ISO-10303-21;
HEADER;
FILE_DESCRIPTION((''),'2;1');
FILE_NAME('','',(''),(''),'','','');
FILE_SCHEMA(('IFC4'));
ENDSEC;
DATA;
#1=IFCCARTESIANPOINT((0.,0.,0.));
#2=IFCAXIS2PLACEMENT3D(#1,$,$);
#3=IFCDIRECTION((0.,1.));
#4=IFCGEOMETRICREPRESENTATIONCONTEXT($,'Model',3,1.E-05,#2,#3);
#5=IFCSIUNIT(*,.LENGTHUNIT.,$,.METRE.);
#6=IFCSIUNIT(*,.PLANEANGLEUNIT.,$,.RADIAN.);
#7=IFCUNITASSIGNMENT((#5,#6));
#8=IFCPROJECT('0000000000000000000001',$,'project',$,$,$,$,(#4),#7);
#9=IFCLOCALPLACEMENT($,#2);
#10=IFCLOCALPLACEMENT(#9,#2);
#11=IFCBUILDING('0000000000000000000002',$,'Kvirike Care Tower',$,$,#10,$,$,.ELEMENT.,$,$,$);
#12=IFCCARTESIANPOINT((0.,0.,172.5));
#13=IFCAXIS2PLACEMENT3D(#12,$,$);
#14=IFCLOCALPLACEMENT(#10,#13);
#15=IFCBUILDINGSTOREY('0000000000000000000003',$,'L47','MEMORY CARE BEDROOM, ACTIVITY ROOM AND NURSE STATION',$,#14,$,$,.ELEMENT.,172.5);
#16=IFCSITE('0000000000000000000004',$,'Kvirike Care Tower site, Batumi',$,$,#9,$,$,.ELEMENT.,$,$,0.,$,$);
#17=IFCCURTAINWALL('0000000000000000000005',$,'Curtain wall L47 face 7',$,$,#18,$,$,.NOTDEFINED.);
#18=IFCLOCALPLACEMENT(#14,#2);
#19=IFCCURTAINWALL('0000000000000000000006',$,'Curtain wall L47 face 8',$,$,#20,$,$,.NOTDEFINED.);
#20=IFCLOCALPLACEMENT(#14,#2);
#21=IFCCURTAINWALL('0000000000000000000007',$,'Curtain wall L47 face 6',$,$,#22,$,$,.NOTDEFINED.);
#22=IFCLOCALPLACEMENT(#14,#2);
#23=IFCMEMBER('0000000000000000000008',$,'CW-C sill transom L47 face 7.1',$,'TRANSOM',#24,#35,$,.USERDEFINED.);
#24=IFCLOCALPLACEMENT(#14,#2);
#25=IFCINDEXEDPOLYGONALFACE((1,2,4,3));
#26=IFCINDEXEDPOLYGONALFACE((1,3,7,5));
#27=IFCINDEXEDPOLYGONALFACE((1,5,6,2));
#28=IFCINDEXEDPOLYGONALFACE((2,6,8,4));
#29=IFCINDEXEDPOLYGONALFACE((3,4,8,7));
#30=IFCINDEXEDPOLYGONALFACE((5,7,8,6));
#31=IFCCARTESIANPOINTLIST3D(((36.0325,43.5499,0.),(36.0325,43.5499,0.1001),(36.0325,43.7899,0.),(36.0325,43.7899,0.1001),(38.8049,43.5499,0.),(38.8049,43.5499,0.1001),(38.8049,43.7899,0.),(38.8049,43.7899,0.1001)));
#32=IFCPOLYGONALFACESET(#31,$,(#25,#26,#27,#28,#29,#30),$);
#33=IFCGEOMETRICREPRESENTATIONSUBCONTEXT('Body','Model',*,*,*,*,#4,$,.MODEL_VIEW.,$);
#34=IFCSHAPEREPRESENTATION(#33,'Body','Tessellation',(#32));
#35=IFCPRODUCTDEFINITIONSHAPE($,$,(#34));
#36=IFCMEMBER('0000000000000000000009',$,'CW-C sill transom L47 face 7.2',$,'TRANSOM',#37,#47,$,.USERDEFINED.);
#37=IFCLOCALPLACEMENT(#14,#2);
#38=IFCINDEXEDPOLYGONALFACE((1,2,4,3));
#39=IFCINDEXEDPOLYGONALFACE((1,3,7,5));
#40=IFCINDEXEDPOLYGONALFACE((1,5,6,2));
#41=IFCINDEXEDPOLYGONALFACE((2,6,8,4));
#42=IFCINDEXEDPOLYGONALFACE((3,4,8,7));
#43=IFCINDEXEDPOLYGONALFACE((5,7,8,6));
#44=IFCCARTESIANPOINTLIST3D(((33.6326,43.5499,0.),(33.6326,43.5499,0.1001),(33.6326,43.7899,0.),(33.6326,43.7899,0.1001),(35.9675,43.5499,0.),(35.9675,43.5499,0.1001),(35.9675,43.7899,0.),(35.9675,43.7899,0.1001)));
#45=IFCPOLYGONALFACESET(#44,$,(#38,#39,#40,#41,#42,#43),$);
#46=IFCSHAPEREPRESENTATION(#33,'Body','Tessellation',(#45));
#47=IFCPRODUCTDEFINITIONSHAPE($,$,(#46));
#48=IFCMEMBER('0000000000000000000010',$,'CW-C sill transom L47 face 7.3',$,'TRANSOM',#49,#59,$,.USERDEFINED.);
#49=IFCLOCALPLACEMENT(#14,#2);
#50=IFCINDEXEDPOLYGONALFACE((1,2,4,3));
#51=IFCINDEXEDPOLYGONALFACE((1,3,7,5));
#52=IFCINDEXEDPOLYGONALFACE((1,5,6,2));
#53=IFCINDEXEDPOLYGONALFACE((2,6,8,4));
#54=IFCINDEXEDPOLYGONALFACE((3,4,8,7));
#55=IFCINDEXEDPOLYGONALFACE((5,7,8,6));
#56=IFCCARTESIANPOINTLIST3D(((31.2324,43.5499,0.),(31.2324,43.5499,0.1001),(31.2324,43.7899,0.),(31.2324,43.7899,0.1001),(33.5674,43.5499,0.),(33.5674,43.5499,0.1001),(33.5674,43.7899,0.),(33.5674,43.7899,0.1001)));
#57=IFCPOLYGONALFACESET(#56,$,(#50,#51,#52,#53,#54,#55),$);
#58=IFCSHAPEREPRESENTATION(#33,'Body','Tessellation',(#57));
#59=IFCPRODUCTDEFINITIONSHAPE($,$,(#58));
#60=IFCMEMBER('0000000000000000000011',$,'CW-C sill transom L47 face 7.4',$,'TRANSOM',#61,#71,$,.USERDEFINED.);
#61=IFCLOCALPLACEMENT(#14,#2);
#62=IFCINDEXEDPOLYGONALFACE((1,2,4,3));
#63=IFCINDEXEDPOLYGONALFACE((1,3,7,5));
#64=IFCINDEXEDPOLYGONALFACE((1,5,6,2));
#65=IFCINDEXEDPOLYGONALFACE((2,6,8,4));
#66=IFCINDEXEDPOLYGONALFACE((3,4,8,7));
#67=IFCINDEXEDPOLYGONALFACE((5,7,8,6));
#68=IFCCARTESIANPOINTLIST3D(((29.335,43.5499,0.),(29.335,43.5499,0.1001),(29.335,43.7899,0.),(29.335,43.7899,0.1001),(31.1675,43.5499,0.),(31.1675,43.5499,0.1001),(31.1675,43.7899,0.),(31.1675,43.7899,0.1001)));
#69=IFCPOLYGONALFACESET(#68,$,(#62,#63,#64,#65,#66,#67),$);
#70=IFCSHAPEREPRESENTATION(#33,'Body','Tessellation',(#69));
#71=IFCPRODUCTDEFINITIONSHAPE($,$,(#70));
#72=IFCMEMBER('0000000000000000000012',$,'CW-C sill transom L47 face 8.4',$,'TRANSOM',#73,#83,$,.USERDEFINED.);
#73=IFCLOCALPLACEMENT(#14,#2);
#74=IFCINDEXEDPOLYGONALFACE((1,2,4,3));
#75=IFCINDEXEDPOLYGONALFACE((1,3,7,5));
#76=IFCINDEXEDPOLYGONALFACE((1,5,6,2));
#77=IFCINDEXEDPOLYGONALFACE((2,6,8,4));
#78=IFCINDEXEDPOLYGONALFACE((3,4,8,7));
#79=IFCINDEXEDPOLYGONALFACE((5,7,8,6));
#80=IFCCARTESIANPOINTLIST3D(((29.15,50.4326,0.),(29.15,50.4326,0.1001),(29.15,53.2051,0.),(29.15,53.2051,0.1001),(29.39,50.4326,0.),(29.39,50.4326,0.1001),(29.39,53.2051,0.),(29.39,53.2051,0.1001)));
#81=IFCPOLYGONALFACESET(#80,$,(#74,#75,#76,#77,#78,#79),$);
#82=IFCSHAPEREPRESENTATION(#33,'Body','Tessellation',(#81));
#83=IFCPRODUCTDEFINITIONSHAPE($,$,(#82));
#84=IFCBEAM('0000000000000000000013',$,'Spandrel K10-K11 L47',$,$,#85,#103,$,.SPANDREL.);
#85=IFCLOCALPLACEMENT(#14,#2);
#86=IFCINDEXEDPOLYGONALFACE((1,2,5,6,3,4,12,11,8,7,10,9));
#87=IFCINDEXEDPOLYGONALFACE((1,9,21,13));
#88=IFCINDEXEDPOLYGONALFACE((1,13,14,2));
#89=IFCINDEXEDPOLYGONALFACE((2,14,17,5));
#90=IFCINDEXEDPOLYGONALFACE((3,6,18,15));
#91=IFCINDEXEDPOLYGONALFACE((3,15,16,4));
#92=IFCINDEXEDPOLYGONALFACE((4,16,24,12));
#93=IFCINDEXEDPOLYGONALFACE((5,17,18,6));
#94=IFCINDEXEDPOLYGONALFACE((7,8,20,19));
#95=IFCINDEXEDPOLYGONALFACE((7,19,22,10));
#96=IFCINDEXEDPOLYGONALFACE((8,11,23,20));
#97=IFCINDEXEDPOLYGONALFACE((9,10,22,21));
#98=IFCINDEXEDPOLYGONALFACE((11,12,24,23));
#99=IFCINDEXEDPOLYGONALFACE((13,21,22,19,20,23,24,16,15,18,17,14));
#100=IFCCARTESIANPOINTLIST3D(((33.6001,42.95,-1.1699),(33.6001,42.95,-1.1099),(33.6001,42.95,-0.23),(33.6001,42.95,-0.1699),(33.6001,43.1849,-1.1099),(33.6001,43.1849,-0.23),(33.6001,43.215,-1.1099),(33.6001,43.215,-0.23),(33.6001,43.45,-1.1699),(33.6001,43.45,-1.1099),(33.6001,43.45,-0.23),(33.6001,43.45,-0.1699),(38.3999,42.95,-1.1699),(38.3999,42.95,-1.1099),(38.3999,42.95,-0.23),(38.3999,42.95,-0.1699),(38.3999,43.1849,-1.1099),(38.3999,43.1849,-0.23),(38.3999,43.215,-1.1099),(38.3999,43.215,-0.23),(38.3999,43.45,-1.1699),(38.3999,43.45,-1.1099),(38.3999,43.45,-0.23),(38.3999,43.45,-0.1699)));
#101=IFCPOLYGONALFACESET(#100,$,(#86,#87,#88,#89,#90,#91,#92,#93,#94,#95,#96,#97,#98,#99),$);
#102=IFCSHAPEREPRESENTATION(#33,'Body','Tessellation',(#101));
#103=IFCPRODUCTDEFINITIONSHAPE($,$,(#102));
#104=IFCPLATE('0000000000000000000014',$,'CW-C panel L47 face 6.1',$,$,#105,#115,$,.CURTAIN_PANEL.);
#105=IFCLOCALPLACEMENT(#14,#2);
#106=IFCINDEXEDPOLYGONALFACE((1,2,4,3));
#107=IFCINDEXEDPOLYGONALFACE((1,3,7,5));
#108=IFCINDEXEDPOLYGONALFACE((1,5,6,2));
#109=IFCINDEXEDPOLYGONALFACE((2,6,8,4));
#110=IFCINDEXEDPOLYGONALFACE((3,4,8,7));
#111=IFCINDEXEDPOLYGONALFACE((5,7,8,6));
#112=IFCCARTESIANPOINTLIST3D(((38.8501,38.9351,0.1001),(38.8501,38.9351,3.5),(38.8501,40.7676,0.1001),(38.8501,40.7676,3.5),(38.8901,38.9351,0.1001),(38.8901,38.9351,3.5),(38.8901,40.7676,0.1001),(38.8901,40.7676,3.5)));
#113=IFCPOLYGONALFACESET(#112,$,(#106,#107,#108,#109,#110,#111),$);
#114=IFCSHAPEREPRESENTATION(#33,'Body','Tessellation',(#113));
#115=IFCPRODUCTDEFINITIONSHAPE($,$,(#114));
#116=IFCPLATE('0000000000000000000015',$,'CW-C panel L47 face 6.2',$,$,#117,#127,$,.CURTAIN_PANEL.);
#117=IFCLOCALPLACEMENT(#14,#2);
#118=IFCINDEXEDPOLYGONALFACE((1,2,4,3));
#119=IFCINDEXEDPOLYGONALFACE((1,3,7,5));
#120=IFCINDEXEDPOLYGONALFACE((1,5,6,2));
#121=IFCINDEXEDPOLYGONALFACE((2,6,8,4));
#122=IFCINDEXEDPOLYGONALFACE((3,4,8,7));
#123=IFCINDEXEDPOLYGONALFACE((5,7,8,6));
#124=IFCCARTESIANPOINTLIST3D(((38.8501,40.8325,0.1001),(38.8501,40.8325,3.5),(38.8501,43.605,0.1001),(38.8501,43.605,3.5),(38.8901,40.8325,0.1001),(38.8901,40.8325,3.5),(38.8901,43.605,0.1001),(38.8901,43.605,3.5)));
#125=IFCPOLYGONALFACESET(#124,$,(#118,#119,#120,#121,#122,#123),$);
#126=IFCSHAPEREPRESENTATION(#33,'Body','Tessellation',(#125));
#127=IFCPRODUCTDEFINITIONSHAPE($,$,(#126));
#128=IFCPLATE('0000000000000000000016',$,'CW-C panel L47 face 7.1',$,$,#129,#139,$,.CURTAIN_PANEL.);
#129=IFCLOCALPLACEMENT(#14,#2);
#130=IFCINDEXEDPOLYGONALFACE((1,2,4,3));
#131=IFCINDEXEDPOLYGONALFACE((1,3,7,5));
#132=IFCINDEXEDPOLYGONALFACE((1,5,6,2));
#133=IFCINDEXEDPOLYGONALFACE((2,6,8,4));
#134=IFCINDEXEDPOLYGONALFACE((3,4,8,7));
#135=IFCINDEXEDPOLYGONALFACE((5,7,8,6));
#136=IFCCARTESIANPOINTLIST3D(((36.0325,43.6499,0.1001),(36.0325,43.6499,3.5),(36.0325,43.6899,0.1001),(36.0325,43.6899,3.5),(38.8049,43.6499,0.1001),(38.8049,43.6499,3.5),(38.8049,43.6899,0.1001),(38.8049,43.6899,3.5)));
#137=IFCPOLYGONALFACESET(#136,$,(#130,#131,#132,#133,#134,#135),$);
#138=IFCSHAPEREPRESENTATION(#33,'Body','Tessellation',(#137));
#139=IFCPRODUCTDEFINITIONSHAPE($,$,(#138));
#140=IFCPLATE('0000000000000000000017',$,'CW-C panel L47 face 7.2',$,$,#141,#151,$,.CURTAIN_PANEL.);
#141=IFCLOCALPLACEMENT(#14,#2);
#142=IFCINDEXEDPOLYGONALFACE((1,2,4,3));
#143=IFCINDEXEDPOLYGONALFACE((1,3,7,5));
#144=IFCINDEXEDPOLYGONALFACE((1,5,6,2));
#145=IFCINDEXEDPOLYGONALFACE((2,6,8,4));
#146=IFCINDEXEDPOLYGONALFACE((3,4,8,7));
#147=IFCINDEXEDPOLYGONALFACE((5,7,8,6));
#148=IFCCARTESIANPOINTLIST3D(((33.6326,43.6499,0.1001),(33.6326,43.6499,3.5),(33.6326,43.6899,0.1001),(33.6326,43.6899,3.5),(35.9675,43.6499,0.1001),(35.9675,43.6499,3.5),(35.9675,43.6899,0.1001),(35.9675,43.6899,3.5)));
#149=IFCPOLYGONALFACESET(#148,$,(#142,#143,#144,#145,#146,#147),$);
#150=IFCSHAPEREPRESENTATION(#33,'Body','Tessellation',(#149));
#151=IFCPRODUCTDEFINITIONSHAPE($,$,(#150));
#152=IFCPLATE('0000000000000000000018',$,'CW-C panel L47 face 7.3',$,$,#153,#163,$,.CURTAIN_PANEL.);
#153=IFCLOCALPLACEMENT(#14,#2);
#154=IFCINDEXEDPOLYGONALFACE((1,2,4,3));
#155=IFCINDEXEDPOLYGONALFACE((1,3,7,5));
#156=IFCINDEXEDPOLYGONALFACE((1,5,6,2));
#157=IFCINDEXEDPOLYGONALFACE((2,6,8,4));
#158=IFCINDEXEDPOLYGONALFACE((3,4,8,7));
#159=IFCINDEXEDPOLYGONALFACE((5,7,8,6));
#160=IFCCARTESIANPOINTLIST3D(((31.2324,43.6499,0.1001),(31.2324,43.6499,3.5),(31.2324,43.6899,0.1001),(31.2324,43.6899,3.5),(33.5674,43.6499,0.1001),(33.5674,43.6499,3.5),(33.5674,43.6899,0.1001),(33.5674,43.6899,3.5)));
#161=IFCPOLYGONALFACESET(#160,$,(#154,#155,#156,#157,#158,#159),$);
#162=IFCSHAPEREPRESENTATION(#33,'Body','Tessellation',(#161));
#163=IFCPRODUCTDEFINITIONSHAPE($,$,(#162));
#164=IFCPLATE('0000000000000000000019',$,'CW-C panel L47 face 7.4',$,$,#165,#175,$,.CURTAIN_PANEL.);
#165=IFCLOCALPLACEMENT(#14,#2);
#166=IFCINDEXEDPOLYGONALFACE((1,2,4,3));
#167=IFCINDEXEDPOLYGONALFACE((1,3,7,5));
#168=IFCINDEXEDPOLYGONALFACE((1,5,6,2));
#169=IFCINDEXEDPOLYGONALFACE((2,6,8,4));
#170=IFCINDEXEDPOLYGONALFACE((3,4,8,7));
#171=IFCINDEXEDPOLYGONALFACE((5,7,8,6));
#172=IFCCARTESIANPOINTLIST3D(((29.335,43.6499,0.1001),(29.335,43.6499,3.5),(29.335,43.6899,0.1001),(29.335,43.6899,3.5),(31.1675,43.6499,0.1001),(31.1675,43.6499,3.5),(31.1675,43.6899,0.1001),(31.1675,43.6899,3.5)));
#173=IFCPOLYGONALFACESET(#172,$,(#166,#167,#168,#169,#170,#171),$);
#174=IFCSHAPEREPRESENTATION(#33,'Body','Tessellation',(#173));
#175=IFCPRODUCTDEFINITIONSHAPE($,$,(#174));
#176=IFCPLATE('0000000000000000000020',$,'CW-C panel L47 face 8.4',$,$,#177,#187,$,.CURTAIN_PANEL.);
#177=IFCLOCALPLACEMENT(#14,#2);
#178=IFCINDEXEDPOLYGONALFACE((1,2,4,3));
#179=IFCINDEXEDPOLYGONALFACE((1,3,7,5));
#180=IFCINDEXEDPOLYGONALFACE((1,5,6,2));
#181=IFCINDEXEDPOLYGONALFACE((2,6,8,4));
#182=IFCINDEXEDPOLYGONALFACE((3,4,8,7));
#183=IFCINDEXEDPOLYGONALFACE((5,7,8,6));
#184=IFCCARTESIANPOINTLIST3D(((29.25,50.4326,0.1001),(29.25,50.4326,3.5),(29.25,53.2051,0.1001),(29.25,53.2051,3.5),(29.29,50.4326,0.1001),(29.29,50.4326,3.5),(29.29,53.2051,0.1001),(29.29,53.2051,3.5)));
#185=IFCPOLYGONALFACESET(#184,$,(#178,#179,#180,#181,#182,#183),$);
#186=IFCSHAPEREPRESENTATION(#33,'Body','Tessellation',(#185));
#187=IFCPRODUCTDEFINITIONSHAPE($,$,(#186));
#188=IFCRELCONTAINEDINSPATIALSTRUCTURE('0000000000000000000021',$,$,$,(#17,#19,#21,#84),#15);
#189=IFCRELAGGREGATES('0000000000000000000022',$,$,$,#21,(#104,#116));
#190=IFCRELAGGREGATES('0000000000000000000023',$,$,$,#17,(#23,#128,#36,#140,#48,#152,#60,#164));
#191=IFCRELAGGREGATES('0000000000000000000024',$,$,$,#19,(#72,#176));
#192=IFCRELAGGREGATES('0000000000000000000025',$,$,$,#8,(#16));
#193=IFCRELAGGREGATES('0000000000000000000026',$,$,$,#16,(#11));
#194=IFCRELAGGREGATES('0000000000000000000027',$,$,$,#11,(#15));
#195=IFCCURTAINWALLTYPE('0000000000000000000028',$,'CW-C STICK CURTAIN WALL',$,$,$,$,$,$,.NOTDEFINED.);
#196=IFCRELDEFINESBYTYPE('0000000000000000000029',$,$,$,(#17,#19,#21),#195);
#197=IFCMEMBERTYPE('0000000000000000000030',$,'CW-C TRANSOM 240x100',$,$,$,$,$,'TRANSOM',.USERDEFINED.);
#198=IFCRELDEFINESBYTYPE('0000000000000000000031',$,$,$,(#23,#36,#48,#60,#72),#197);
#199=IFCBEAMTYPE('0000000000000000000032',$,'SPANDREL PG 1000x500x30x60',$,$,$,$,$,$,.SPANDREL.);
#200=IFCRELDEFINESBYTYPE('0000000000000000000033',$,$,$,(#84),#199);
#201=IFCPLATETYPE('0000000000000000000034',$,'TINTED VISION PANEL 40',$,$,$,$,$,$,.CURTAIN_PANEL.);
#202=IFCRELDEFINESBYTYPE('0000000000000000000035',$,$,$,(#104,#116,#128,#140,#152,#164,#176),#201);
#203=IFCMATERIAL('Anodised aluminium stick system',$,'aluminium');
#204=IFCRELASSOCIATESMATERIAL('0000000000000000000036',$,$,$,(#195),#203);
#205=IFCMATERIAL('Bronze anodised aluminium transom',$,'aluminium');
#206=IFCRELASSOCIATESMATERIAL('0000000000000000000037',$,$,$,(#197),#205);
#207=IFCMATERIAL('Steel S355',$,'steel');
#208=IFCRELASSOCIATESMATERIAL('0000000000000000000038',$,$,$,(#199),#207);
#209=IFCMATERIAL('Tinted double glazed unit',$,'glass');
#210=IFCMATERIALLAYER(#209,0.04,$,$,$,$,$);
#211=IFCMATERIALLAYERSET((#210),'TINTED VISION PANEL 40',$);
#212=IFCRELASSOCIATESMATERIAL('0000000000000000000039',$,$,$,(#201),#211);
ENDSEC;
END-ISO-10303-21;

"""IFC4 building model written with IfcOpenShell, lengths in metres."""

from ifc_helpers import new_model, si_unit, direction, frame, origin, origin_2d, place, context, subcontext, project, spatial, rectangle, i_section, extrude, material, layer, layer_set, material_profile, profile_set, type_object, element, aggregate, save


model = new_model("IFC4")

# Units and contexts
model_context = context("Model", 3, precision=1e-05, world=origin(), true_north=direction((0.0, 1.0)))
body_context = subcontext(model_context, "Body", "Model", "MODEL_VIEW")
ifc_project = project(units=[si_unit("LENGTHUNIT", "METRE"), si_unit("PLANEANGLEUNIT", "RADIAN")], contexts=[model_context])

# Site, building, storey
site_placement = place(None, origin())
site = spatial("IfcSite", under=ifc_project, at=site_placement, Name="Kvirike Care Tower site, Batumi", CompositionType="ELEMENT", RefElevation=0.0)
building_placement = place(site_placement, origin())
building = spatial("IfcBuilding", under=site, at=building_placement, Name="Kvirike Care Tower", CompositionType="ELEMENT")
storey_placement = place(building_placement, frame((0.0, 0.0, 172.5)))
storey = spatial("IfcBuildingStorey", under=building, at=storey_placement, Name="L47", Description="MEMORY CARE BEDROOM, ACTIVITY ROOM AND NURSE STATION", CompositionType="ELEMENT", Elevation=172.5)

# Curtain walls
ifc_material_1 = material(Name="Anodised aluminium stick system", Category="aluminium")
curtain_wall_type = type_object("IfcCurtainWallType", Name="CW-C STICK CURTAIN WALL", PredefinedType="NOTDEFINED", material=ifc_material_1)
curtain_wall_1_placement = place(storey_placement, origin())
curtain_wall_1 = element("IfcCurtainWall", 1, at=curtain_wall_1_placement, inside=storey, type_object=curtain_wall_type, Name="Curtain wall L47 face 7", PredefinedType="NOTDEFINED")
curtain_wall_2_placement = place(storey_placement, origin())
curtain_wall_2 = element("IfcCurtainWall", 2, at=curtain_wall_2_placement, inside=storey, type_object=curtain_wall_type, Name="Curtain wall L47 face 8", PredefinedType="NOTDEFINED")

# Curtain wall
curtain_wall_3_placement = place(storey_placement, origin())
curtain_wall_3 = element("IfcCurtainWall", 3, at=curtain_wall_3_placement, inside=storey, type_object=curtain_wall_type, Name="Curtain wall L47 face 6", PredefinedType="NOTDEFINED")

# Members
ifc_material_2 = material(Name="Bronze anodised aluminium transom", Category="aluminium")
ifc_material_profile_1 = material_profile(ifc_material_2, rectangle(XDim=0.24, YDim=0.1001, at=origin_2d()), Name="CW-C TRANSOM 240x100")
ifc_profile_set_1 = profile_set([ifc_material_profile_1], Name="Bronze anodised aluminium transom")
member_type_1 = type_object("IfcMemberType", Name="CW-C TRANSOM 240x100", ElementType="TRANSOM", PredefinedType="USERDEFINED", material=ifc_profile_set_1)
member_1_placement = place(storey_placement, frame((38.8049, 43.6699, 0.05), z_axis=(-1.0, 0.0, 0.0), x_axis=(0.0, -1.0, 0.0)))
member_1 = element("IfcMember", 4, at=member_1_placement, type_object=member_type_1, Name="CW-C sill transom L47 face 7.1", ObjectType="TRANSOM", PredefinedType="USERDEFINED", context=body_context, shape_type="SweptSolid", body=[
    extrude(rectangle(XDim=0.24, YDim=0.1001, at=origin_2d()), origin(), (0.0, 0.0, 1.0), 2.7725),
])
member_2_placement = place(storey_placement, frame((35.9675, 43.6699, 0.05), z_axis=(-1.0, 0.0, 0.0), x_axis=(0.0, -1.0, 0.0)))
member_2 = element("IfcMember", 5, at=member_2_placement, type_object=member_type_1, Name="CW-C sill transom L47 face 7.2", ObjectType="TRANSOM", PredefinedType="USERDEFINED", context=body_context, shape_type="SweptSolid", body=[
    extrude(rectangle(XDim=0.24, YDim=0.1001, at=origin_2d()), origin(), (0.0, 0.0, 1.0), 2.335),
])
member_3_placement = place(storey_placement, frame((33.5674, 43.6699, 0.05), z_axis=(-1.0, 0.0, 0.0), x_axis=(0.0, -1.0, 0.0)))
member_3 = element("IfcMember", 6, at=member_3_placement, type_object=member_type_1, Name="CW-C sill transom L47 face 7.3", ObjectType="TRANSOM", PredefinedType="USERDEFINED", context=body_context, shape_type="SweptSolid", body=[
    extrude(rectangle(XDim=0.24, YDim=0.1001, at=origin_2d()), origin(), (0.0, 0.0, 1.0), 2.335),
])
member_4_placement = place(storey_placement, frame((31.1675, 43.6699, 0.05), z_axis=(-1.0, 0.0, 0.0), x_axis=(0.0, -1.0, 0.0)))
member_4 = element("IfcMember", 7, at=member_4_placement, type_object=member_type_1, Name="CW-C sill transom L47 face 7.4", ObjectType="TRANSOM", PredefinedType="USERDEFINED", context=body_context, shape_type="SweptSolid", body=[
    extrude(rectangle(XDim=0.24, YDim=0.1001, at=origin_2d()), origin(), (0.0, 0.0, 1.0), 1.8325),
])
member_5_placement = place(storey_placement, frame((29.27, 50.4326, 0.05), z_axis=(0.0, 1.0, 0.0), x_axis=(-1.0, 0.0, 0.0)))
member_5 = element("IfcMember", 8, at=member_5_placement, type_object=member_type_1, Name="CW-C sill transom L47 face 8.4", ObjectType="TRANSOM", PredefinedType="USERDEFINED", context=body_context, shape_type="SweptSolid", body=[
    extrude(rectangle(XDim=0.24, YDim=0.1001, at=origin_2d()), origin(), (0.0, 0.0, 1.0), 2.7725),
])

# Beam
ifc_material_3 = material(Name="Steel S355", Category="steel")
ifc_material_profile_2 = material_profile(ifc_material_3, i_section(OverallWidth=0.5, OverallDepth=1.0, WebThickness=0.03, FlangeThickness=0.0601, at=origin_2d()), Name="PG 1000x500x30x60")
ifc_profile_set_2 = profile_set([ifc_material_profile_2], Name="Steel S355")
beam_type = type_object("IfcBeamType", Name="SPANDREL PG 1000x500x30x60", PredefinedType="SPANDREL", material=ifc_profile_set_2)
beam_placement = place(storey_placement, frame((33.6001, 43.2, -0.6699), z_axis=(1.0, 0.0, 0.0), x_axis=(0.0, 1.0, 0.0)))
element("IfcBeam", 9, at=beam_placement, inside=storey, type_object=beam_type, Name="Spandrel K10-K11 L47", PredefinedType="SPANDREL", context=body_context, shape_type="SweptSolid", body=[
    extrude(i_section(OverallWidth=0.5, OverallDepth=1.0, WebThickness=0.03, FlangeThickness=0.0601, at=origin_2d()), origin(), (0.0, 0.0, 1.0), 4.7998),
])

# Plates
ifc_material_4 = material(Name="Tinted double glazed unit", Category="glass")
ifc_layer_1 = layer(ifc_material_4, 0.04)
ifc_layer_set_1 = layer_set([ifc_layer_1], Name="TINTED VISION PANEL 40")
plate_type = type_object("IfcPlateType", Name="TINTED VISION PANEL 40", PredefinedType="CURTAIN_PANEL", material=ifc_layer_set_1)
plate_1_placement = place(storey_placement, frame((38.8701, 39.8513, 0.1001), z_axis=(0.0, 0.0, 1.0), x_axis=(0.0, 1.0, 0.0)))
plate_1 = element("IfcPlate", 10, at=plate_1_placement, type_object=plate_type, Name="CW-C panel L47 face 6.1", PredefinedType="CURTAIN_PANEL", context=body_context, shape_type="SweptSolid", body=[
    extrude(rectangle(XDim=1.8325, YDim=0.04, at=origin_2d()), origin(), (0.0, 0.0, 1.0), 3.3999),
])
plate_2_placement = place(storey_placement, frame((38.8701, 42.2188, 0.1001), z_axis=(0.0, 0.0, 1.0), x_axis=(0.0, 1.0, 0.0)))
plate_2 = element("IfcPlate", 11, at=plate_2_placement, type_object=plate_type, Name="CW-C panel L47 face 6.2", PredefinedType="CURTAIN_PANEL", context=body_context, shape_type="SweptSolid", body=[
    extrude(rectangle(XDim=2.7725, YDim=0.04, at=origin_2d()), origin(), (0.0, 0.0, 1.0), 3.3999),
])
aggregate(curtain_wall_3, [plate_1, plate_2])
plate_3_placement = place(storey_placement, frame((37.4187, 43.6699, 0.1001), z_axis=(0.0, 0.0, 1.0), x_axis=(-1.0, 0.0, 0.0)))
plate_3 = element("IfcPlate", 12, at=plate_3_placement, type_object=plate_type, Name="CW-C panel L47 face 7.1", PredefinedType="CURTAIN_PANEL", context=body_context, shape_type="SweptSolid", body=[
    extrude(rectangle(XDim=2.7725, YDim=0.04, at=origin_2d()), origin(), (0.0, 0.0, 1.0), 3.3999),
])
plate_4_placement = place(storey_placement, frame((34.8, 43.6699, 0.1001), z_axis=(0.0, 0.0, 1.0), x_axis=(-1.0, 0.0, 0.0)))
plate_4 = element("IfcPlate", 13, at=plate_4_placement, type_object=plate_type, Name="CW-C panel L47 face 7.2", PredefinedType="CURTAIN_PANEL", context=body_context, shape_type="SweptSolid", body=[
    extrude(rectangle(XDim=2.335, YDim=0.04, at=origin_2d()), origin(), (0.0, 0.0, 1.0), 3.3999),
])
plate_5_placement = place(storey_placement, frame((32.3999, 43.6699, 0.1001), z_axis=(0.0, 0.0, 1.0), x_axis=(-1.0, 0.0, 0.0)))
plate_5 = element("IfcPlate", 14, at=plate_5_placement, type_object=plate_type, Name="CW-C panel L47 face 7.3", PredefinedType="CURTAIN_PANEL", context=body_context, shape_type="SweptSolid", body=[
    extrude(rectangle(XDim=2.335, YDim=0.04, at=origin_2d()), origin(), (0.0, 0.0, 1.0), 3.3999),
])
plate_6_placement = place(storey_placement, frame((30.2512, 43.6699, 0.1001), z_axis=(0.0, 0.0, 1.0), x_axis=(-1.0, 0.0, 0.0)))
plate_6 = element("IfcPlate", 15, at=plate_6_placement, type_object=plate_type, Name="CW-C panel L47 face 7.4", PredefinedType="CURTAIN_PANEL", context=body_context, shape_type="SweptSolid", body=[
    extrude(rectangle(XDim=1.8325, YDim=0.04, at=origin_2d()), origin(), (0.0, 0.0, 1.0), 3.3999),
])
aggregate(curtain_wall_1, [member_1, plate_3, member_2, plate_4, member_3, plate_5, member_4, plate_6])
plate_7_placement = place(storey_placement, frame((29.27, 51.8188, 0.1001), z_axis=(0.0, 0.0, 1.0), x_axis=(0.0, 1.0, 0.0)))
plate_7 = element("IfcPlate", 16, at=plate_7_placement, type_object=plate_type, Name="CW-C panel L47 face 8.4", PredefinedType="CURTAIN_PANEL", context=body_context, shape_type="SweptSolid", body=[
    extrude(rectangle(XDim=2.7725, YDim=0.04, at=origin_2d()), origin(), (0.0, 0.0, 1.0), 3.3999),
])
aggregate(curtain_wall_2, [member_5, plate_7])

save(model, "model.ifc")
